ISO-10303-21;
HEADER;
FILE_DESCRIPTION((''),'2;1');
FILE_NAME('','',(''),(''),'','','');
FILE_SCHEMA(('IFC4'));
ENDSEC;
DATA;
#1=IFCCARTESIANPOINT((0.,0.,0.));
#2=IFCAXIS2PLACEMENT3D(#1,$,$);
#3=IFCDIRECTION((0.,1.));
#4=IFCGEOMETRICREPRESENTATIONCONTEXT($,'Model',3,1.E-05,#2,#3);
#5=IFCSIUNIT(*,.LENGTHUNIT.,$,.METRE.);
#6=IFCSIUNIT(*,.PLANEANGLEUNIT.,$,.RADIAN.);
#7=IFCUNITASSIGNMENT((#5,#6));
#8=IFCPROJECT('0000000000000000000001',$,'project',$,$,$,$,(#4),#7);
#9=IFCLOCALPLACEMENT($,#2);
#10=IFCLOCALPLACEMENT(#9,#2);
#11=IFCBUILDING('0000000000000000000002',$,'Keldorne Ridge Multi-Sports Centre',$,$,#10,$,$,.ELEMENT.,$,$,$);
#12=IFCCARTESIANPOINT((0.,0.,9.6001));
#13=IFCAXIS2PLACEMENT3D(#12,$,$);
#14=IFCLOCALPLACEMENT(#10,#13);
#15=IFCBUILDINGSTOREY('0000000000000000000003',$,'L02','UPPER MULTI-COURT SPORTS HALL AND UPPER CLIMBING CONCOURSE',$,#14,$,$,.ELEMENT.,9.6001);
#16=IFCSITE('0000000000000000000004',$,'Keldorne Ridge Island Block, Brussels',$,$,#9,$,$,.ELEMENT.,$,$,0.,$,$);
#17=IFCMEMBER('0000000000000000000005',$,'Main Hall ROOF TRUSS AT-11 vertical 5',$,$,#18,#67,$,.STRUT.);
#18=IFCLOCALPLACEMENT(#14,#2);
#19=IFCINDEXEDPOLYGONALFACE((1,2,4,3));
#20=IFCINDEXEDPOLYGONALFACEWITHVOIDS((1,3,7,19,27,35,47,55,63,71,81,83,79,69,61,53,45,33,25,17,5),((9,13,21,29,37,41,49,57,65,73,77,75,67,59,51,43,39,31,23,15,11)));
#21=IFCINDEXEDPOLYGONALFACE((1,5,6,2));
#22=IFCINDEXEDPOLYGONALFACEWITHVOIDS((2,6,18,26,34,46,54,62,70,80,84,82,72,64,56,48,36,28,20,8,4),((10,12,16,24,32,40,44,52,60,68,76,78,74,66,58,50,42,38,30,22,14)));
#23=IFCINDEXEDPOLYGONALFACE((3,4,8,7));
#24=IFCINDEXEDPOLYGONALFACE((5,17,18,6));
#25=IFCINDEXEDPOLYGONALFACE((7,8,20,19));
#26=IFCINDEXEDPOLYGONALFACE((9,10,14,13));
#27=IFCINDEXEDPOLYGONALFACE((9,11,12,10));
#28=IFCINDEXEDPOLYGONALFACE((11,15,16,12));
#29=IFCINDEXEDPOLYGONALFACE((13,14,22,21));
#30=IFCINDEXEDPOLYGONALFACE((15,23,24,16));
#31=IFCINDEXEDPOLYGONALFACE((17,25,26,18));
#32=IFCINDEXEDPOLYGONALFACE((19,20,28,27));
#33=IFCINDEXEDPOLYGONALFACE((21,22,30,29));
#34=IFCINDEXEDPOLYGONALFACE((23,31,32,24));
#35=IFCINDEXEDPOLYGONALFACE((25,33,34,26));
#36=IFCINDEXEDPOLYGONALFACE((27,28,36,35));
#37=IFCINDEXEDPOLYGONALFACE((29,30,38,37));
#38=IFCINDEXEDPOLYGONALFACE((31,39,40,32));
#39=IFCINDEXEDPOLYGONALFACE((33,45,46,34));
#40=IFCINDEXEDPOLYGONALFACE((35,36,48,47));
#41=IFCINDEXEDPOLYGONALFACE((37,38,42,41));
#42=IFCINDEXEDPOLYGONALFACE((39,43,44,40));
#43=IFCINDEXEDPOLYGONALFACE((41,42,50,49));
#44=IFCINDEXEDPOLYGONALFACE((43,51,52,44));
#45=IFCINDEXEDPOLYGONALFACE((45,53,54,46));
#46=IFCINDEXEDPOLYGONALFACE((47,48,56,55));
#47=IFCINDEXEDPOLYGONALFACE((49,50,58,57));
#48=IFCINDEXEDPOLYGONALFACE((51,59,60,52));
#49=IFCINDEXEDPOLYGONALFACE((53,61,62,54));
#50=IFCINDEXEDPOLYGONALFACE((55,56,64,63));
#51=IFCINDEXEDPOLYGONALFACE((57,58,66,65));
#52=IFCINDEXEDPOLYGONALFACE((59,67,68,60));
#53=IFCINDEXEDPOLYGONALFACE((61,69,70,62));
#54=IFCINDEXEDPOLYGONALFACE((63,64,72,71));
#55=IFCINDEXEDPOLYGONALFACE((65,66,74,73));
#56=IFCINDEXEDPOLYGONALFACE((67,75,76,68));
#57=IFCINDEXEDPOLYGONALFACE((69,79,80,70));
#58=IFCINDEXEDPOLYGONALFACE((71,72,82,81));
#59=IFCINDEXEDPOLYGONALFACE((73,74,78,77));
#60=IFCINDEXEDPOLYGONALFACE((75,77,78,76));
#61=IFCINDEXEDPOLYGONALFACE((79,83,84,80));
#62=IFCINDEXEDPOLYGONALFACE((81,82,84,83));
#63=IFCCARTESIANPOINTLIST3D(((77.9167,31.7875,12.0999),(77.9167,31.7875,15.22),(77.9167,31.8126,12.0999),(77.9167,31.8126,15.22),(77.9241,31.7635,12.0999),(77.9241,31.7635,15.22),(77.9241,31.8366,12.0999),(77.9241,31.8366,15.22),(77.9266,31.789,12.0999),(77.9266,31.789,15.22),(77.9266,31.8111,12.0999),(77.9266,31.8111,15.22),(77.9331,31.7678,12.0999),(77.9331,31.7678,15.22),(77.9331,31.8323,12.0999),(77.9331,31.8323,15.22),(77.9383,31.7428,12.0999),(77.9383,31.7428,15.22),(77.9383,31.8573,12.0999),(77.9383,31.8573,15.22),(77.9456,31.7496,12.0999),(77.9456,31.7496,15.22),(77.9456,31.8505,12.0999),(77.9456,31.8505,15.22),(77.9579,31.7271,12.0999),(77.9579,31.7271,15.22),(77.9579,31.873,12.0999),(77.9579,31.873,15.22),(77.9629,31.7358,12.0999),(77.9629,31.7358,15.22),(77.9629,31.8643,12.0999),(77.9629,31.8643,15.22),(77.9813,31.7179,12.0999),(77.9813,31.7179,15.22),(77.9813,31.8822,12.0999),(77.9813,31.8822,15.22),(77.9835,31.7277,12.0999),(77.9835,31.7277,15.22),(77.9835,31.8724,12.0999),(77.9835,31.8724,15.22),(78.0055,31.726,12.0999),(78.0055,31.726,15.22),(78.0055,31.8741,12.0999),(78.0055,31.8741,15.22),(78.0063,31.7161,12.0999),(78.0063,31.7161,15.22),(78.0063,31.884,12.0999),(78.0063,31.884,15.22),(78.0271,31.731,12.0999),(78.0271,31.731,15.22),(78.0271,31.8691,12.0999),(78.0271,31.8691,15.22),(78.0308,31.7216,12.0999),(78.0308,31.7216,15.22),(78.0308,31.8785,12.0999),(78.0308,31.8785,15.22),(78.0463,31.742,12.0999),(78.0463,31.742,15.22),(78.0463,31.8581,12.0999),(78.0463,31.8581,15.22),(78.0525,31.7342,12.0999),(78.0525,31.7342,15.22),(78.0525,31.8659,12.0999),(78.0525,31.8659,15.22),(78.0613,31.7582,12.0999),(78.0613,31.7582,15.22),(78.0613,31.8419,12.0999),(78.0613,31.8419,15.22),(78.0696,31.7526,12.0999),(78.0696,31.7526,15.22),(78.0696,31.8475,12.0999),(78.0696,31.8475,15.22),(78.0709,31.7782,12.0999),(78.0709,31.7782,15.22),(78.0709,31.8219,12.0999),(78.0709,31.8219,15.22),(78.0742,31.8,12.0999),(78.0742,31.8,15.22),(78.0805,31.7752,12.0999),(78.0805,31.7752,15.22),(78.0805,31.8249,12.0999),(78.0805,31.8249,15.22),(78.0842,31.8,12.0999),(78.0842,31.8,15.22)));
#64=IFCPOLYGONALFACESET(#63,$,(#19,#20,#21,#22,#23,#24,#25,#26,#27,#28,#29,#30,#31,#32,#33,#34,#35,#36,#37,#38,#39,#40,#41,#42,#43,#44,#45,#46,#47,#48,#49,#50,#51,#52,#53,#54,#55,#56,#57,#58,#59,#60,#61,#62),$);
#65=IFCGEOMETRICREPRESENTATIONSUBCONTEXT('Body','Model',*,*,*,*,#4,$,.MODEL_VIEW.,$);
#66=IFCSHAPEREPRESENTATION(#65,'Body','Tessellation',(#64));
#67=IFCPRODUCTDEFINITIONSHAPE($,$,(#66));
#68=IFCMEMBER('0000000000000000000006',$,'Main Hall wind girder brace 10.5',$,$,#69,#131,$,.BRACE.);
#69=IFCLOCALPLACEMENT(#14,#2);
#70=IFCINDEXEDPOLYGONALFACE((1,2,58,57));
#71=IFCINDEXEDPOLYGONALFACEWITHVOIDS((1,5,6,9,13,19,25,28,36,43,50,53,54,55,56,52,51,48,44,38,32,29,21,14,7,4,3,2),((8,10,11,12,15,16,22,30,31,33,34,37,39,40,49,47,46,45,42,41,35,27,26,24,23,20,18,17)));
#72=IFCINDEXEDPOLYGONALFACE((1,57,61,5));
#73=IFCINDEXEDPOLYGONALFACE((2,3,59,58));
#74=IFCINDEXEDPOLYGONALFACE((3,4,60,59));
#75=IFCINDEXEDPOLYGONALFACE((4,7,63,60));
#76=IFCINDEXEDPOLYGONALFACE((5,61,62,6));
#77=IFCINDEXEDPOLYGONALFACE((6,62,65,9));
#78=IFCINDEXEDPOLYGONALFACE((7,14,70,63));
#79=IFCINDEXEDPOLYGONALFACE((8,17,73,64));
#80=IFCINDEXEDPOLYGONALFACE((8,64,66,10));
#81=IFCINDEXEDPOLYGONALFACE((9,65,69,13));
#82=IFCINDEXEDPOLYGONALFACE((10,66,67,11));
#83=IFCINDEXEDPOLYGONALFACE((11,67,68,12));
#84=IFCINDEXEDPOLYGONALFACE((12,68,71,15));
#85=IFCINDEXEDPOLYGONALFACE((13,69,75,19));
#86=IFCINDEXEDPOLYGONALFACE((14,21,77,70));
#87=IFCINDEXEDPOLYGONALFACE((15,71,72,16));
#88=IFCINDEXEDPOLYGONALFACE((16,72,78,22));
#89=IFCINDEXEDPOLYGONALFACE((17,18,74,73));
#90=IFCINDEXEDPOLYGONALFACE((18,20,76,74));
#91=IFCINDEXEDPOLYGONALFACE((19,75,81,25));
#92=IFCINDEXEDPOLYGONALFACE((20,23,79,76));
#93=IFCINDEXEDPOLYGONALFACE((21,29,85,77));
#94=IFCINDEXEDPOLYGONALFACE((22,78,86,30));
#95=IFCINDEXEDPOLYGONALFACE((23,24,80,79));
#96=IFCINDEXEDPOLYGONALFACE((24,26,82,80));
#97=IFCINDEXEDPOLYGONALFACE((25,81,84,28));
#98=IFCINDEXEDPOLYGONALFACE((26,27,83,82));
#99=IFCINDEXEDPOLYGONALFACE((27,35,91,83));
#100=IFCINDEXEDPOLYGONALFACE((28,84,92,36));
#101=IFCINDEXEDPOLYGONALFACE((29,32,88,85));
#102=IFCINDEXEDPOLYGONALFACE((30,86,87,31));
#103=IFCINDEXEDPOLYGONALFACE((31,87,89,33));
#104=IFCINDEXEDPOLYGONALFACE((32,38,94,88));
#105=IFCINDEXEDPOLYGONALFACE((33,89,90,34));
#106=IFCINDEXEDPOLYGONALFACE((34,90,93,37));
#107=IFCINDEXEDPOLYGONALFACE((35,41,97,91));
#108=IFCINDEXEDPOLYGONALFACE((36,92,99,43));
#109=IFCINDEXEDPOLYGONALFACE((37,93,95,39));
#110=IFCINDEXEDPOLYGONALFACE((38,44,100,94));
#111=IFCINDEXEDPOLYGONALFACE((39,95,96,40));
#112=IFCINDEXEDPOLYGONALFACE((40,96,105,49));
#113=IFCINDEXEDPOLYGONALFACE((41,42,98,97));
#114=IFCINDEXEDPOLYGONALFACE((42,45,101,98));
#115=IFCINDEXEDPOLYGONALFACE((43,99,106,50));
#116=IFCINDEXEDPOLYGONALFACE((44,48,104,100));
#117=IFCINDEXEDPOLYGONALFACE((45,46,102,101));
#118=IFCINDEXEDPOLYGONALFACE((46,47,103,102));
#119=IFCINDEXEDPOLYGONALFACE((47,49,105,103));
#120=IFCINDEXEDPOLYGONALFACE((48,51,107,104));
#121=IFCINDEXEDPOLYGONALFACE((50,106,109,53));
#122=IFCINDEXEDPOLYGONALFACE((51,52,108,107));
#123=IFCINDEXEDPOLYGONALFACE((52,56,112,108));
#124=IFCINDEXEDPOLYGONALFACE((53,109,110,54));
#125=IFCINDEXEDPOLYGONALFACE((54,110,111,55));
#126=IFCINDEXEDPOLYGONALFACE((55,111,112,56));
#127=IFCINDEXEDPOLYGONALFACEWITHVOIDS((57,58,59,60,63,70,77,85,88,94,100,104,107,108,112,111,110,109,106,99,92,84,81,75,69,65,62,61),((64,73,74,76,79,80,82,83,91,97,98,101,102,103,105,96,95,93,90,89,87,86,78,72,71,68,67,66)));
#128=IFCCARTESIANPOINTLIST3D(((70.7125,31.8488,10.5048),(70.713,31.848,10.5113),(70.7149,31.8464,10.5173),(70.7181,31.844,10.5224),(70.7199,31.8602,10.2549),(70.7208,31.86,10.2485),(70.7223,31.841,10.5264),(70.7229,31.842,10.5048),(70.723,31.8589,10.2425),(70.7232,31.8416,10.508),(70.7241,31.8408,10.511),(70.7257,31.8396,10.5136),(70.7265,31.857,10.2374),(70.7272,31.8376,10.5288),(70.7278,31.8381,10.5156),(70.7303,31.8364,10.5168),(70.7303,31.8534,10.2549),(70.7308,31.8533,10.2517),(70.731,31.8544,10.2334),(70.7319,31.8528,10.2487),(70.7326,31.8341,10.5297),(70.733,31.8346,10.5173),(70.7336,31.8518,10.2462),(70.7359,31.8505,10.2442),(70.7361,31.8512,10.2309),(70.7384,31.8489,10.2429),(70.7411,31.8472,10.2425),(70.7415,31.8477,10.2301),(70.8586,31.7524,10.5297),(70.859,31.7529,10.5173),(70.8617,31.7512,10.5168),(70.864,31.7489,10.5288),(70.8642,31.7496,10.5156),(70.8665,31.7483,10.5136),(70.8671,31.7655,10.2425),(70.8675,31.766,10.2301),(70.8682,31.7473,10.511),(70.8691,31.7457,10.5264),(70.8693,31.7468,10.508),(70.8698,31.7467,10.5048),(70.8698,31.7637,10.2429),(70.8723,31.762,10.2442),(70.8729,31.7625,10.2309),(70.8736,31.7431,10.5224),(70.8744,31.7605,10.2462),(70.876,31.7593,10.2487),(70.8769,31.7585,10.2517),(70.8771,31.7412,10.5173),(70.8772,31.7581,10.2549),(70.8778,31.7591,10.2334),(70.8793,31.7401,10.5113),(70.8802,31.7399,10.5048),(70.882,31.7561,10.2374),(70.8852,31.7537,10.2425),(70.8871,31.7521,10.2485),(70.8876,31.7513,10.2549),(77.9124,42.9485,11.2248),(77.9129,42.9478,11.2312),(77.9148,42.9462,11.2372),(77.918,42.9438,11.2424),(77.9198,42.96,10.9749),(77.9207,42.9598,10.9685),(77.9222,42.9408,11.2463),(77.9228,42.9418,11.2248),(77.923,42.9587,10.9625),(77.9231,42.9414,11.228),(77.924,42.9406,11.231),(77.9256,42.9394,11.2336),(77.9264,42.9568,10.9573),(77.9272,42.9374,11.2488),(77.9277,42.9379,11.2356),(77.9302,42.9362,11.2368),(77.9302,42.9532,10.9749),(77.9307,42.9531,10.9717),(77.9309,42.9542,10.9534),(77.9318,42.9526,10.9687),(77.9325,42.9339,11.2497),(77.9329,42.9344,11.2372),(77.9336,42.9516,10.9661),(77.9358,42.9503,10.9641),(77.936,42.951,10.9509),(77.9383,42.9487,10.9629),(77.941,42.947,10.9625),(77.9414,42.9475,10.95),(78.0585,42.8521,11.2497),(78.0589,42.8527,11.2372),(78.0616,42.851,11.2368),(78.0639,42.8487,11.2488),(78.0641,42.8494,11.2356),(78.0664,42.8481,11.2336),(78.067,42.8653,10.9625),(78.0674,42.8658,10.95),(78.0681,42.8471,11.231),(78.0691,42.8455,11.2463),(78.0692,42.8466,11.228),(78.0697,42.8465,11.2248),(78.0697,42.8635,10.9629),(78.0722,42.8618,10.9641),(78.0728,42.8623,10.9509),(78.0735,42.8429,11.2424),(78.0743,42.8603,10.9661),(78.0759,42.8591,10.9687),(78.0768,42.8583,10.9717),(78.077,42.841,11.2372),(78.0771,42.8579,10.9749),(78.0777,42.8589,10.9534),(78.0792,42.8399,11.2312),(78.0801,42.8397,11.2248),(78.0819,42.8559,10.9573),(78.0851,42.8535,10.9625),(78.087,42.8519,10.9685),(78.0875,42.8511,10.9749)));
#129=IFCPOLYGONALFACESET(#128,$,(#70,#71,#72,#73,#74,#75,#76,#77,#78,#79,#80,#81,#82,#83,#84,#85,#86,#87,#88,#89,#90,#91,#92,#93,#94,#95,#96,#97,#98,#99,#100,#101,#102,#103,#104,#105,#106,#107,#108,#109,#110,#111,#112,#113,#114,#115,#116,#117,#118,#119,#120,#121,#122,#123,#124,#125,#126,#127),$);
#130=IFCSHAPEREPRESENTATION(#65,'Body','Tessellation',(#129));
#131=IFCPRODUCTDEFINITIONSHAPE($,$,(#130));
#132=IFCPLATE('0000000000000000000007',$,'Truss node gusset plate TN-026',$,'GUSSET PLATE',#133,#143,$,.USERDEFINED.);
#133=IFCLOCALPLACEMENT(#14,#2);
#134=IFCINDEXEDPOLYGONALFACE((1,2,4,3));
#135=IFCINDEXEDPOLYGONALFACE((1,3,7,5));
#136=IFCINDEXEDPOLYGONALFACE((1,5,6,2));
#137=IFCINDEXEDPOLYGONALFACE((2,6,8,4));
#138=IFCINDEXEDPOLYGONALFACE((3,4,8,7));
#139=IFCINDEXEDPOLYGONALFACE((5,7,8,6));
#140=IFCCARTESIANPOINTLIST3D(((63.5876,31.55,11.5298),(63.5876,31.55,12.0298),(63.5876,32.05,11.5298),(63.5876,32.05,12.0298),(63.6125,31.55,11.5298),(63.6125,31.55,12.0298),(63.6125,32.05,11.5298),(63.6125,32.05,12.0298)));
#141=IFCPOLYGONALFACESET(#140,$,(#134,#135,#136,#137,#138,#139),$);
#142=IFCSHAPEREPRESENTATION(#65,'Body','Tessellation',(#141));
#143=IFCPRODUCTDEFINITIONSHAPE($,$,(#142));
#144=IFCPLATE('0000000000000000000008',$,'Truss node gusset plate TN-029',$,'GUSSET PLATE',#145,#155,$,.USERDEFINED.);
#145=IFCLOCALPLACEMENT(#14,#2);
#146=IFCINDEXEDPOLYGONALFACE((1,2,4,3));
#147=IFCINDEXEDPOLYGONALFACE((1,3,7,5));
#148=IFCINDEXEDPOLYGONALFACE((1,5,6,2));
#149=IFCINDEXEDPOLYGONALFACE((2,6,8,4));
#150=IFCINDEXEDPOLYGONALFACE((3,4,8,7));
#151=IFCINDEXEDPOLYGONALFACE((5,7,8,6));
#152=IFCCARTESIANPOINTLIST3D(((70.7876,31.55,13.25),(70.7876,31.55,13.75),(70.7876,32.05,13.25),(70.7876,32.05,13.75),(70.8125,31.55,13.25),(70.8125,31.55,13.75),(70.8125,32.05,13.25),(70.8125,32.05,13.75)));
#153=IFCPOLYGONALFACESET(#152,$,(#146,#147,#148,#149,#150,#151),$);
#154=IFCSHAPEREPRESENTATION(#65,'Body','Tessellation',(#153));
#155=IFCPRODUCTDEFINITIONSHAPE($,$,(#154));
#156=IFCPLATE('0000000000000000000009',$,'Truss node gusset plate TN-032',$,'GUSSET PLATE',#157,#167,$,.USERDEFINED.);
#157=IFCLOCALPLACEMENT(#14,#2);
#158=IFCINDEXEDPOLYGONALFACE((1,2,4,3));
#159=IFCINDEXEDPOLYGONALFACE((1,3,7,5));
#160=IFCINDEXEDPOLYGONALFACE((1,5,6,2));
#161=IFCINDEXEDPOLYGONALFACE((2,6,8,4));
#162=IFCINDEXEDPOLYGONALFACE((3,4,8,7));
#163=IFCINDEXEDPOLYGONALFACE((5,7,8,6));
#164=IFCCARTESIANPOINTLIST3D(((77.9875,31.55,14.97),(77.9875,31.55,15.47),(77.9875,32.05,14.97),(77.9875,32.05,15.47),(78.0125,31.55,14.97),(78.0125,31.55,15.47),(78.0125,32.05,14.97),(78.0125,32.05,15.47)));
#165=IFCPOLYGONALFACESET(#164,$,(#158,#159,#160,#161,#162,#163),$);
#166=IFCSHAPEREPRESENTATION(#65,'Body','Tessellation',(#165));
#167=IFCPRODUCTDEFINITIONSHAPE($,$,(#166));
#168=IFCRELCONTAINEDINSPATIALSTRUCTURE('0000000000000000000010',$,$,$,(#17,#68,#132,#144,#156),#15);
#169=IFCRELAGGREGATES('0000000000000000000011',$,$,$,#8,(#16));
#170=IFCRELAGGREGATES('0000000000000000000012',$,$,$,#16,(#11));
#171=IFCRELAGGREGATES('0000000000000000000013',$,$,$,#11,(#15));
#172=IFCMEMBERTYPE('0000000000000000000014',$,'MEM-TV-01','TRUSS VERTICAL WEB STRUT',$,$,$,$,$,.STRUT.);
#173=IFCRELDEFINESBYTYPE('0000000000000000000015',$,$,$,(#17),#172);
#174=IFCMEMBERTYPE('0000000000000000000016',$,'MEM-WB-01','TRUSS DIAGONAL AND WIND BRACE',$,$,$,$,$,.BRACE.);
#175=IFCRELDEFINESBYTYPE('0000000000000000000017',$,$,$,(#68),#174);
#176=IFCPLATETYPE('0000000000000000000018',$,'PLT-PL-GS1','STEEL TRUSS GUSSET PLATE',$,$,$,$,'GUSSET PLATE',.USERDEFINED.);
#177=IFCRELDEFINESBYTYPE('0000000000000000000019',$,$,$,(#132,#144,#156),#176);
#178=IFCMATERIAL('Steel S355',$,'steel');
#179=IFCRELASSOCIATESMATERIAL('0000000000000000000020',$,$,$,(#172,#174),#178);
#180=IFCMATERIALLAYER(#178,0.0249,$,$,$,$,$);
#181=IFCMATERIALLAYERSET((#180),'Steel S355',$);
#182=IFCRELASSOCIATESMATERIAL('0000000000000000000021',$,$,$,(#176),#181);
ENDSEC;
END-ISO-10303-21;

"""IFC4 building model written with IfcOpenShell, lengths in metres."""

from ifc_helpers import new_model, si_unit, direction, frame, origin, origin_2d, place, context, subcontext, project, spatial, rectangle, hollow_rectangle, hollow_circle, extrude, material, layer, layer_set, material_profile, profile_set, type_object, element, save


model = new_model("IFC4")

# Units and contexts
model_context = context("Model", 3, precision=1e-05, world=origin(), true_north=direction((0.0, 1.0)))
body_context = subcontext(model_context, "Body", "Model", "MODEL_VIEW")
ifc_project = project(units=[si_unit("LENGTHUNIT", "METRE"), si_unit("PLANEANGLEUNIT", "RADIAN")], contexts=[model_context])

# Site, building, storey
site_placement = place(None, origin())
site = spatial("IfcSite", under=ifc_project, at=site_placement, Name="Keldorne Ridge Island Block, Brussels", CompositionType="ELEMENT", RefElevation=0.0)
building_placement = place(site_placement, origin())
building = spatial("IfcBuilding", under=site, at=building_placement, Name="Keldorne Ridge Multi-Sports Centre", CompositionType="ELEMENT")
storey_placement = place(building_placement, frame((0.0, 0.0, 9.6001)))
storey = spatial("IfcBuildingStorey", under=building, at=storey_placement, Name="L02", Description="UPPER MULTI-COURT SPORTS HALL AND UPPER CLIMBING CONCOURSE", CompositionType="ELEMENT", Elevation=9.6001)

# Shared definitions
ifc_material = material(Name="Steel S355", Category="steel")

# Members
ifc_material_profile_1 = material_profile(ifc_material, hollow_circle(Radius=0.0842, WallThickness=0.01, at=origin_2d()), Name="CHS 168.3x10")
ifc_profile_set_1 = profile_set([ifc_material_profile_1], Name="Steel S355")
member_type_1 = type_object("IfcMemberType", Name="MEM-TV-01", Description="TRUSS VERTICAL WEB STRUT", PredefinedType="STRUT", material=ifc_profile_set_1)
for number, where, z_axis, x_axis, name in (
    (1, (78.0, 31.8, 12.0999), (0.0, 0.0, 1.0), (1.0, 0.0, 0.0), "Main Hall ROOF TRUSS AT-11 vertical 5"),
):
    element("IfcMember", number, at=place(storey_placement, frame(where, z_axis=z_axis, x_axis=x_axis)), inside=storey, type_object=member_type_1, Name=name, PredefinedType="STRUT", context=body_context, shape_type="SweptSolid", body=[
        extrude(hollow_circle(Radius=0.0842, WallThickness=0.01, at=origin_2d()), origin(), (0.0, 0.0, 1.0), 3.1201),
    ])
ifc_material_profile_2 = material_profile(ifc_material, hollow_rectangle(XDim=0.2, YDim=0.3, WallThickness=0.0125, InnerFilletRadius=0.0125, OuterFilletRadius=0.0249, at=origin_2d()), Name="RHS 300x200x12.5")
ifc_profile_set_2 = profile_set([ifc_material_profile_2], Name="Steel S355")
member_type_2 = type_object("IfcMemberType", Name="MEM-WB-01", Description="TRUSS DIAGONAL AND WIND BRACE", PredefinedType="BRACE", material=ifc_profile_set_2)
member_1_placement = place(storey_placement, frame((70.8, 31.8, 10.3799), z_axis=(0.54339, 0.83772, 0.054337), x_axis=(-0.83896, 0.544194, 0.0)))
element("IfcMember", 2, at=member_1_placement, inside=storey, type_object=member_type_2, Name="Main Hall wind girder brace 10.5", PredefinedType="BRACE", context=body_context, shape_type="SweptSolid", body=[
    extrude(hollow_rectangle(XDim=0.2, YDim=0.3, WallThickness=0.0125, InnerFilletRadius=0.0125, OuterFilletRadius=0.0249, at=origin_2d()), origin(), (0.0, 0.0, 1.0), 13.25),
])

# Plates
ifc_layer = layer(ifc_material, 0.0249)
ifc_layer_set = layer_set([ifc_layer], Name="Steel S355")
plate_type = type_object("IfcPlateType", Name="PLT-PL-GS1", Description="STEEL TRUSS GUSSET PLATE", ElementType="GUSSET PLATE", PredefinedType="USERDEFINED", material=ifc_layer_set)
for number, where, z_axis, x_axis, name in (
    (3, (63.6001, 31.8, 11.5298), (0.0, 0.0, 1.0), (1.0, 0.0, 0.0), "Truss node gusset plate TN-026"),
    (4, (70.8, 31.8, 13.25), (0.0, 0.0, 1.0), (1.0, 0.0, 0.0), "Truss node gusset plate TN-029"),
    (5, (78.0, 31.8, 14.97), (0.0, 0.0, 1.0), (1.0, 0.0, 0.0), "Truss node gusset plate TN-032"),
):
    element("IfcPlate", number, at=place(storey_placement, frame(where, z_axis=z_axis, x_axis=x_axis)), inside=storey, type_object=plate_type, Name=name, ObjectType="GUSSET PLATE", PredefinedType="USERDEFINED", context=body_context, shape_type="SweptSolid", body=[
        extrude(rectangle(XDim=0.0249, YDim=0.5, at=origin_2d()), origin(), (0.0, 0.0, 1.0), 0.5),
    ])

save(model, "model.ifc")
